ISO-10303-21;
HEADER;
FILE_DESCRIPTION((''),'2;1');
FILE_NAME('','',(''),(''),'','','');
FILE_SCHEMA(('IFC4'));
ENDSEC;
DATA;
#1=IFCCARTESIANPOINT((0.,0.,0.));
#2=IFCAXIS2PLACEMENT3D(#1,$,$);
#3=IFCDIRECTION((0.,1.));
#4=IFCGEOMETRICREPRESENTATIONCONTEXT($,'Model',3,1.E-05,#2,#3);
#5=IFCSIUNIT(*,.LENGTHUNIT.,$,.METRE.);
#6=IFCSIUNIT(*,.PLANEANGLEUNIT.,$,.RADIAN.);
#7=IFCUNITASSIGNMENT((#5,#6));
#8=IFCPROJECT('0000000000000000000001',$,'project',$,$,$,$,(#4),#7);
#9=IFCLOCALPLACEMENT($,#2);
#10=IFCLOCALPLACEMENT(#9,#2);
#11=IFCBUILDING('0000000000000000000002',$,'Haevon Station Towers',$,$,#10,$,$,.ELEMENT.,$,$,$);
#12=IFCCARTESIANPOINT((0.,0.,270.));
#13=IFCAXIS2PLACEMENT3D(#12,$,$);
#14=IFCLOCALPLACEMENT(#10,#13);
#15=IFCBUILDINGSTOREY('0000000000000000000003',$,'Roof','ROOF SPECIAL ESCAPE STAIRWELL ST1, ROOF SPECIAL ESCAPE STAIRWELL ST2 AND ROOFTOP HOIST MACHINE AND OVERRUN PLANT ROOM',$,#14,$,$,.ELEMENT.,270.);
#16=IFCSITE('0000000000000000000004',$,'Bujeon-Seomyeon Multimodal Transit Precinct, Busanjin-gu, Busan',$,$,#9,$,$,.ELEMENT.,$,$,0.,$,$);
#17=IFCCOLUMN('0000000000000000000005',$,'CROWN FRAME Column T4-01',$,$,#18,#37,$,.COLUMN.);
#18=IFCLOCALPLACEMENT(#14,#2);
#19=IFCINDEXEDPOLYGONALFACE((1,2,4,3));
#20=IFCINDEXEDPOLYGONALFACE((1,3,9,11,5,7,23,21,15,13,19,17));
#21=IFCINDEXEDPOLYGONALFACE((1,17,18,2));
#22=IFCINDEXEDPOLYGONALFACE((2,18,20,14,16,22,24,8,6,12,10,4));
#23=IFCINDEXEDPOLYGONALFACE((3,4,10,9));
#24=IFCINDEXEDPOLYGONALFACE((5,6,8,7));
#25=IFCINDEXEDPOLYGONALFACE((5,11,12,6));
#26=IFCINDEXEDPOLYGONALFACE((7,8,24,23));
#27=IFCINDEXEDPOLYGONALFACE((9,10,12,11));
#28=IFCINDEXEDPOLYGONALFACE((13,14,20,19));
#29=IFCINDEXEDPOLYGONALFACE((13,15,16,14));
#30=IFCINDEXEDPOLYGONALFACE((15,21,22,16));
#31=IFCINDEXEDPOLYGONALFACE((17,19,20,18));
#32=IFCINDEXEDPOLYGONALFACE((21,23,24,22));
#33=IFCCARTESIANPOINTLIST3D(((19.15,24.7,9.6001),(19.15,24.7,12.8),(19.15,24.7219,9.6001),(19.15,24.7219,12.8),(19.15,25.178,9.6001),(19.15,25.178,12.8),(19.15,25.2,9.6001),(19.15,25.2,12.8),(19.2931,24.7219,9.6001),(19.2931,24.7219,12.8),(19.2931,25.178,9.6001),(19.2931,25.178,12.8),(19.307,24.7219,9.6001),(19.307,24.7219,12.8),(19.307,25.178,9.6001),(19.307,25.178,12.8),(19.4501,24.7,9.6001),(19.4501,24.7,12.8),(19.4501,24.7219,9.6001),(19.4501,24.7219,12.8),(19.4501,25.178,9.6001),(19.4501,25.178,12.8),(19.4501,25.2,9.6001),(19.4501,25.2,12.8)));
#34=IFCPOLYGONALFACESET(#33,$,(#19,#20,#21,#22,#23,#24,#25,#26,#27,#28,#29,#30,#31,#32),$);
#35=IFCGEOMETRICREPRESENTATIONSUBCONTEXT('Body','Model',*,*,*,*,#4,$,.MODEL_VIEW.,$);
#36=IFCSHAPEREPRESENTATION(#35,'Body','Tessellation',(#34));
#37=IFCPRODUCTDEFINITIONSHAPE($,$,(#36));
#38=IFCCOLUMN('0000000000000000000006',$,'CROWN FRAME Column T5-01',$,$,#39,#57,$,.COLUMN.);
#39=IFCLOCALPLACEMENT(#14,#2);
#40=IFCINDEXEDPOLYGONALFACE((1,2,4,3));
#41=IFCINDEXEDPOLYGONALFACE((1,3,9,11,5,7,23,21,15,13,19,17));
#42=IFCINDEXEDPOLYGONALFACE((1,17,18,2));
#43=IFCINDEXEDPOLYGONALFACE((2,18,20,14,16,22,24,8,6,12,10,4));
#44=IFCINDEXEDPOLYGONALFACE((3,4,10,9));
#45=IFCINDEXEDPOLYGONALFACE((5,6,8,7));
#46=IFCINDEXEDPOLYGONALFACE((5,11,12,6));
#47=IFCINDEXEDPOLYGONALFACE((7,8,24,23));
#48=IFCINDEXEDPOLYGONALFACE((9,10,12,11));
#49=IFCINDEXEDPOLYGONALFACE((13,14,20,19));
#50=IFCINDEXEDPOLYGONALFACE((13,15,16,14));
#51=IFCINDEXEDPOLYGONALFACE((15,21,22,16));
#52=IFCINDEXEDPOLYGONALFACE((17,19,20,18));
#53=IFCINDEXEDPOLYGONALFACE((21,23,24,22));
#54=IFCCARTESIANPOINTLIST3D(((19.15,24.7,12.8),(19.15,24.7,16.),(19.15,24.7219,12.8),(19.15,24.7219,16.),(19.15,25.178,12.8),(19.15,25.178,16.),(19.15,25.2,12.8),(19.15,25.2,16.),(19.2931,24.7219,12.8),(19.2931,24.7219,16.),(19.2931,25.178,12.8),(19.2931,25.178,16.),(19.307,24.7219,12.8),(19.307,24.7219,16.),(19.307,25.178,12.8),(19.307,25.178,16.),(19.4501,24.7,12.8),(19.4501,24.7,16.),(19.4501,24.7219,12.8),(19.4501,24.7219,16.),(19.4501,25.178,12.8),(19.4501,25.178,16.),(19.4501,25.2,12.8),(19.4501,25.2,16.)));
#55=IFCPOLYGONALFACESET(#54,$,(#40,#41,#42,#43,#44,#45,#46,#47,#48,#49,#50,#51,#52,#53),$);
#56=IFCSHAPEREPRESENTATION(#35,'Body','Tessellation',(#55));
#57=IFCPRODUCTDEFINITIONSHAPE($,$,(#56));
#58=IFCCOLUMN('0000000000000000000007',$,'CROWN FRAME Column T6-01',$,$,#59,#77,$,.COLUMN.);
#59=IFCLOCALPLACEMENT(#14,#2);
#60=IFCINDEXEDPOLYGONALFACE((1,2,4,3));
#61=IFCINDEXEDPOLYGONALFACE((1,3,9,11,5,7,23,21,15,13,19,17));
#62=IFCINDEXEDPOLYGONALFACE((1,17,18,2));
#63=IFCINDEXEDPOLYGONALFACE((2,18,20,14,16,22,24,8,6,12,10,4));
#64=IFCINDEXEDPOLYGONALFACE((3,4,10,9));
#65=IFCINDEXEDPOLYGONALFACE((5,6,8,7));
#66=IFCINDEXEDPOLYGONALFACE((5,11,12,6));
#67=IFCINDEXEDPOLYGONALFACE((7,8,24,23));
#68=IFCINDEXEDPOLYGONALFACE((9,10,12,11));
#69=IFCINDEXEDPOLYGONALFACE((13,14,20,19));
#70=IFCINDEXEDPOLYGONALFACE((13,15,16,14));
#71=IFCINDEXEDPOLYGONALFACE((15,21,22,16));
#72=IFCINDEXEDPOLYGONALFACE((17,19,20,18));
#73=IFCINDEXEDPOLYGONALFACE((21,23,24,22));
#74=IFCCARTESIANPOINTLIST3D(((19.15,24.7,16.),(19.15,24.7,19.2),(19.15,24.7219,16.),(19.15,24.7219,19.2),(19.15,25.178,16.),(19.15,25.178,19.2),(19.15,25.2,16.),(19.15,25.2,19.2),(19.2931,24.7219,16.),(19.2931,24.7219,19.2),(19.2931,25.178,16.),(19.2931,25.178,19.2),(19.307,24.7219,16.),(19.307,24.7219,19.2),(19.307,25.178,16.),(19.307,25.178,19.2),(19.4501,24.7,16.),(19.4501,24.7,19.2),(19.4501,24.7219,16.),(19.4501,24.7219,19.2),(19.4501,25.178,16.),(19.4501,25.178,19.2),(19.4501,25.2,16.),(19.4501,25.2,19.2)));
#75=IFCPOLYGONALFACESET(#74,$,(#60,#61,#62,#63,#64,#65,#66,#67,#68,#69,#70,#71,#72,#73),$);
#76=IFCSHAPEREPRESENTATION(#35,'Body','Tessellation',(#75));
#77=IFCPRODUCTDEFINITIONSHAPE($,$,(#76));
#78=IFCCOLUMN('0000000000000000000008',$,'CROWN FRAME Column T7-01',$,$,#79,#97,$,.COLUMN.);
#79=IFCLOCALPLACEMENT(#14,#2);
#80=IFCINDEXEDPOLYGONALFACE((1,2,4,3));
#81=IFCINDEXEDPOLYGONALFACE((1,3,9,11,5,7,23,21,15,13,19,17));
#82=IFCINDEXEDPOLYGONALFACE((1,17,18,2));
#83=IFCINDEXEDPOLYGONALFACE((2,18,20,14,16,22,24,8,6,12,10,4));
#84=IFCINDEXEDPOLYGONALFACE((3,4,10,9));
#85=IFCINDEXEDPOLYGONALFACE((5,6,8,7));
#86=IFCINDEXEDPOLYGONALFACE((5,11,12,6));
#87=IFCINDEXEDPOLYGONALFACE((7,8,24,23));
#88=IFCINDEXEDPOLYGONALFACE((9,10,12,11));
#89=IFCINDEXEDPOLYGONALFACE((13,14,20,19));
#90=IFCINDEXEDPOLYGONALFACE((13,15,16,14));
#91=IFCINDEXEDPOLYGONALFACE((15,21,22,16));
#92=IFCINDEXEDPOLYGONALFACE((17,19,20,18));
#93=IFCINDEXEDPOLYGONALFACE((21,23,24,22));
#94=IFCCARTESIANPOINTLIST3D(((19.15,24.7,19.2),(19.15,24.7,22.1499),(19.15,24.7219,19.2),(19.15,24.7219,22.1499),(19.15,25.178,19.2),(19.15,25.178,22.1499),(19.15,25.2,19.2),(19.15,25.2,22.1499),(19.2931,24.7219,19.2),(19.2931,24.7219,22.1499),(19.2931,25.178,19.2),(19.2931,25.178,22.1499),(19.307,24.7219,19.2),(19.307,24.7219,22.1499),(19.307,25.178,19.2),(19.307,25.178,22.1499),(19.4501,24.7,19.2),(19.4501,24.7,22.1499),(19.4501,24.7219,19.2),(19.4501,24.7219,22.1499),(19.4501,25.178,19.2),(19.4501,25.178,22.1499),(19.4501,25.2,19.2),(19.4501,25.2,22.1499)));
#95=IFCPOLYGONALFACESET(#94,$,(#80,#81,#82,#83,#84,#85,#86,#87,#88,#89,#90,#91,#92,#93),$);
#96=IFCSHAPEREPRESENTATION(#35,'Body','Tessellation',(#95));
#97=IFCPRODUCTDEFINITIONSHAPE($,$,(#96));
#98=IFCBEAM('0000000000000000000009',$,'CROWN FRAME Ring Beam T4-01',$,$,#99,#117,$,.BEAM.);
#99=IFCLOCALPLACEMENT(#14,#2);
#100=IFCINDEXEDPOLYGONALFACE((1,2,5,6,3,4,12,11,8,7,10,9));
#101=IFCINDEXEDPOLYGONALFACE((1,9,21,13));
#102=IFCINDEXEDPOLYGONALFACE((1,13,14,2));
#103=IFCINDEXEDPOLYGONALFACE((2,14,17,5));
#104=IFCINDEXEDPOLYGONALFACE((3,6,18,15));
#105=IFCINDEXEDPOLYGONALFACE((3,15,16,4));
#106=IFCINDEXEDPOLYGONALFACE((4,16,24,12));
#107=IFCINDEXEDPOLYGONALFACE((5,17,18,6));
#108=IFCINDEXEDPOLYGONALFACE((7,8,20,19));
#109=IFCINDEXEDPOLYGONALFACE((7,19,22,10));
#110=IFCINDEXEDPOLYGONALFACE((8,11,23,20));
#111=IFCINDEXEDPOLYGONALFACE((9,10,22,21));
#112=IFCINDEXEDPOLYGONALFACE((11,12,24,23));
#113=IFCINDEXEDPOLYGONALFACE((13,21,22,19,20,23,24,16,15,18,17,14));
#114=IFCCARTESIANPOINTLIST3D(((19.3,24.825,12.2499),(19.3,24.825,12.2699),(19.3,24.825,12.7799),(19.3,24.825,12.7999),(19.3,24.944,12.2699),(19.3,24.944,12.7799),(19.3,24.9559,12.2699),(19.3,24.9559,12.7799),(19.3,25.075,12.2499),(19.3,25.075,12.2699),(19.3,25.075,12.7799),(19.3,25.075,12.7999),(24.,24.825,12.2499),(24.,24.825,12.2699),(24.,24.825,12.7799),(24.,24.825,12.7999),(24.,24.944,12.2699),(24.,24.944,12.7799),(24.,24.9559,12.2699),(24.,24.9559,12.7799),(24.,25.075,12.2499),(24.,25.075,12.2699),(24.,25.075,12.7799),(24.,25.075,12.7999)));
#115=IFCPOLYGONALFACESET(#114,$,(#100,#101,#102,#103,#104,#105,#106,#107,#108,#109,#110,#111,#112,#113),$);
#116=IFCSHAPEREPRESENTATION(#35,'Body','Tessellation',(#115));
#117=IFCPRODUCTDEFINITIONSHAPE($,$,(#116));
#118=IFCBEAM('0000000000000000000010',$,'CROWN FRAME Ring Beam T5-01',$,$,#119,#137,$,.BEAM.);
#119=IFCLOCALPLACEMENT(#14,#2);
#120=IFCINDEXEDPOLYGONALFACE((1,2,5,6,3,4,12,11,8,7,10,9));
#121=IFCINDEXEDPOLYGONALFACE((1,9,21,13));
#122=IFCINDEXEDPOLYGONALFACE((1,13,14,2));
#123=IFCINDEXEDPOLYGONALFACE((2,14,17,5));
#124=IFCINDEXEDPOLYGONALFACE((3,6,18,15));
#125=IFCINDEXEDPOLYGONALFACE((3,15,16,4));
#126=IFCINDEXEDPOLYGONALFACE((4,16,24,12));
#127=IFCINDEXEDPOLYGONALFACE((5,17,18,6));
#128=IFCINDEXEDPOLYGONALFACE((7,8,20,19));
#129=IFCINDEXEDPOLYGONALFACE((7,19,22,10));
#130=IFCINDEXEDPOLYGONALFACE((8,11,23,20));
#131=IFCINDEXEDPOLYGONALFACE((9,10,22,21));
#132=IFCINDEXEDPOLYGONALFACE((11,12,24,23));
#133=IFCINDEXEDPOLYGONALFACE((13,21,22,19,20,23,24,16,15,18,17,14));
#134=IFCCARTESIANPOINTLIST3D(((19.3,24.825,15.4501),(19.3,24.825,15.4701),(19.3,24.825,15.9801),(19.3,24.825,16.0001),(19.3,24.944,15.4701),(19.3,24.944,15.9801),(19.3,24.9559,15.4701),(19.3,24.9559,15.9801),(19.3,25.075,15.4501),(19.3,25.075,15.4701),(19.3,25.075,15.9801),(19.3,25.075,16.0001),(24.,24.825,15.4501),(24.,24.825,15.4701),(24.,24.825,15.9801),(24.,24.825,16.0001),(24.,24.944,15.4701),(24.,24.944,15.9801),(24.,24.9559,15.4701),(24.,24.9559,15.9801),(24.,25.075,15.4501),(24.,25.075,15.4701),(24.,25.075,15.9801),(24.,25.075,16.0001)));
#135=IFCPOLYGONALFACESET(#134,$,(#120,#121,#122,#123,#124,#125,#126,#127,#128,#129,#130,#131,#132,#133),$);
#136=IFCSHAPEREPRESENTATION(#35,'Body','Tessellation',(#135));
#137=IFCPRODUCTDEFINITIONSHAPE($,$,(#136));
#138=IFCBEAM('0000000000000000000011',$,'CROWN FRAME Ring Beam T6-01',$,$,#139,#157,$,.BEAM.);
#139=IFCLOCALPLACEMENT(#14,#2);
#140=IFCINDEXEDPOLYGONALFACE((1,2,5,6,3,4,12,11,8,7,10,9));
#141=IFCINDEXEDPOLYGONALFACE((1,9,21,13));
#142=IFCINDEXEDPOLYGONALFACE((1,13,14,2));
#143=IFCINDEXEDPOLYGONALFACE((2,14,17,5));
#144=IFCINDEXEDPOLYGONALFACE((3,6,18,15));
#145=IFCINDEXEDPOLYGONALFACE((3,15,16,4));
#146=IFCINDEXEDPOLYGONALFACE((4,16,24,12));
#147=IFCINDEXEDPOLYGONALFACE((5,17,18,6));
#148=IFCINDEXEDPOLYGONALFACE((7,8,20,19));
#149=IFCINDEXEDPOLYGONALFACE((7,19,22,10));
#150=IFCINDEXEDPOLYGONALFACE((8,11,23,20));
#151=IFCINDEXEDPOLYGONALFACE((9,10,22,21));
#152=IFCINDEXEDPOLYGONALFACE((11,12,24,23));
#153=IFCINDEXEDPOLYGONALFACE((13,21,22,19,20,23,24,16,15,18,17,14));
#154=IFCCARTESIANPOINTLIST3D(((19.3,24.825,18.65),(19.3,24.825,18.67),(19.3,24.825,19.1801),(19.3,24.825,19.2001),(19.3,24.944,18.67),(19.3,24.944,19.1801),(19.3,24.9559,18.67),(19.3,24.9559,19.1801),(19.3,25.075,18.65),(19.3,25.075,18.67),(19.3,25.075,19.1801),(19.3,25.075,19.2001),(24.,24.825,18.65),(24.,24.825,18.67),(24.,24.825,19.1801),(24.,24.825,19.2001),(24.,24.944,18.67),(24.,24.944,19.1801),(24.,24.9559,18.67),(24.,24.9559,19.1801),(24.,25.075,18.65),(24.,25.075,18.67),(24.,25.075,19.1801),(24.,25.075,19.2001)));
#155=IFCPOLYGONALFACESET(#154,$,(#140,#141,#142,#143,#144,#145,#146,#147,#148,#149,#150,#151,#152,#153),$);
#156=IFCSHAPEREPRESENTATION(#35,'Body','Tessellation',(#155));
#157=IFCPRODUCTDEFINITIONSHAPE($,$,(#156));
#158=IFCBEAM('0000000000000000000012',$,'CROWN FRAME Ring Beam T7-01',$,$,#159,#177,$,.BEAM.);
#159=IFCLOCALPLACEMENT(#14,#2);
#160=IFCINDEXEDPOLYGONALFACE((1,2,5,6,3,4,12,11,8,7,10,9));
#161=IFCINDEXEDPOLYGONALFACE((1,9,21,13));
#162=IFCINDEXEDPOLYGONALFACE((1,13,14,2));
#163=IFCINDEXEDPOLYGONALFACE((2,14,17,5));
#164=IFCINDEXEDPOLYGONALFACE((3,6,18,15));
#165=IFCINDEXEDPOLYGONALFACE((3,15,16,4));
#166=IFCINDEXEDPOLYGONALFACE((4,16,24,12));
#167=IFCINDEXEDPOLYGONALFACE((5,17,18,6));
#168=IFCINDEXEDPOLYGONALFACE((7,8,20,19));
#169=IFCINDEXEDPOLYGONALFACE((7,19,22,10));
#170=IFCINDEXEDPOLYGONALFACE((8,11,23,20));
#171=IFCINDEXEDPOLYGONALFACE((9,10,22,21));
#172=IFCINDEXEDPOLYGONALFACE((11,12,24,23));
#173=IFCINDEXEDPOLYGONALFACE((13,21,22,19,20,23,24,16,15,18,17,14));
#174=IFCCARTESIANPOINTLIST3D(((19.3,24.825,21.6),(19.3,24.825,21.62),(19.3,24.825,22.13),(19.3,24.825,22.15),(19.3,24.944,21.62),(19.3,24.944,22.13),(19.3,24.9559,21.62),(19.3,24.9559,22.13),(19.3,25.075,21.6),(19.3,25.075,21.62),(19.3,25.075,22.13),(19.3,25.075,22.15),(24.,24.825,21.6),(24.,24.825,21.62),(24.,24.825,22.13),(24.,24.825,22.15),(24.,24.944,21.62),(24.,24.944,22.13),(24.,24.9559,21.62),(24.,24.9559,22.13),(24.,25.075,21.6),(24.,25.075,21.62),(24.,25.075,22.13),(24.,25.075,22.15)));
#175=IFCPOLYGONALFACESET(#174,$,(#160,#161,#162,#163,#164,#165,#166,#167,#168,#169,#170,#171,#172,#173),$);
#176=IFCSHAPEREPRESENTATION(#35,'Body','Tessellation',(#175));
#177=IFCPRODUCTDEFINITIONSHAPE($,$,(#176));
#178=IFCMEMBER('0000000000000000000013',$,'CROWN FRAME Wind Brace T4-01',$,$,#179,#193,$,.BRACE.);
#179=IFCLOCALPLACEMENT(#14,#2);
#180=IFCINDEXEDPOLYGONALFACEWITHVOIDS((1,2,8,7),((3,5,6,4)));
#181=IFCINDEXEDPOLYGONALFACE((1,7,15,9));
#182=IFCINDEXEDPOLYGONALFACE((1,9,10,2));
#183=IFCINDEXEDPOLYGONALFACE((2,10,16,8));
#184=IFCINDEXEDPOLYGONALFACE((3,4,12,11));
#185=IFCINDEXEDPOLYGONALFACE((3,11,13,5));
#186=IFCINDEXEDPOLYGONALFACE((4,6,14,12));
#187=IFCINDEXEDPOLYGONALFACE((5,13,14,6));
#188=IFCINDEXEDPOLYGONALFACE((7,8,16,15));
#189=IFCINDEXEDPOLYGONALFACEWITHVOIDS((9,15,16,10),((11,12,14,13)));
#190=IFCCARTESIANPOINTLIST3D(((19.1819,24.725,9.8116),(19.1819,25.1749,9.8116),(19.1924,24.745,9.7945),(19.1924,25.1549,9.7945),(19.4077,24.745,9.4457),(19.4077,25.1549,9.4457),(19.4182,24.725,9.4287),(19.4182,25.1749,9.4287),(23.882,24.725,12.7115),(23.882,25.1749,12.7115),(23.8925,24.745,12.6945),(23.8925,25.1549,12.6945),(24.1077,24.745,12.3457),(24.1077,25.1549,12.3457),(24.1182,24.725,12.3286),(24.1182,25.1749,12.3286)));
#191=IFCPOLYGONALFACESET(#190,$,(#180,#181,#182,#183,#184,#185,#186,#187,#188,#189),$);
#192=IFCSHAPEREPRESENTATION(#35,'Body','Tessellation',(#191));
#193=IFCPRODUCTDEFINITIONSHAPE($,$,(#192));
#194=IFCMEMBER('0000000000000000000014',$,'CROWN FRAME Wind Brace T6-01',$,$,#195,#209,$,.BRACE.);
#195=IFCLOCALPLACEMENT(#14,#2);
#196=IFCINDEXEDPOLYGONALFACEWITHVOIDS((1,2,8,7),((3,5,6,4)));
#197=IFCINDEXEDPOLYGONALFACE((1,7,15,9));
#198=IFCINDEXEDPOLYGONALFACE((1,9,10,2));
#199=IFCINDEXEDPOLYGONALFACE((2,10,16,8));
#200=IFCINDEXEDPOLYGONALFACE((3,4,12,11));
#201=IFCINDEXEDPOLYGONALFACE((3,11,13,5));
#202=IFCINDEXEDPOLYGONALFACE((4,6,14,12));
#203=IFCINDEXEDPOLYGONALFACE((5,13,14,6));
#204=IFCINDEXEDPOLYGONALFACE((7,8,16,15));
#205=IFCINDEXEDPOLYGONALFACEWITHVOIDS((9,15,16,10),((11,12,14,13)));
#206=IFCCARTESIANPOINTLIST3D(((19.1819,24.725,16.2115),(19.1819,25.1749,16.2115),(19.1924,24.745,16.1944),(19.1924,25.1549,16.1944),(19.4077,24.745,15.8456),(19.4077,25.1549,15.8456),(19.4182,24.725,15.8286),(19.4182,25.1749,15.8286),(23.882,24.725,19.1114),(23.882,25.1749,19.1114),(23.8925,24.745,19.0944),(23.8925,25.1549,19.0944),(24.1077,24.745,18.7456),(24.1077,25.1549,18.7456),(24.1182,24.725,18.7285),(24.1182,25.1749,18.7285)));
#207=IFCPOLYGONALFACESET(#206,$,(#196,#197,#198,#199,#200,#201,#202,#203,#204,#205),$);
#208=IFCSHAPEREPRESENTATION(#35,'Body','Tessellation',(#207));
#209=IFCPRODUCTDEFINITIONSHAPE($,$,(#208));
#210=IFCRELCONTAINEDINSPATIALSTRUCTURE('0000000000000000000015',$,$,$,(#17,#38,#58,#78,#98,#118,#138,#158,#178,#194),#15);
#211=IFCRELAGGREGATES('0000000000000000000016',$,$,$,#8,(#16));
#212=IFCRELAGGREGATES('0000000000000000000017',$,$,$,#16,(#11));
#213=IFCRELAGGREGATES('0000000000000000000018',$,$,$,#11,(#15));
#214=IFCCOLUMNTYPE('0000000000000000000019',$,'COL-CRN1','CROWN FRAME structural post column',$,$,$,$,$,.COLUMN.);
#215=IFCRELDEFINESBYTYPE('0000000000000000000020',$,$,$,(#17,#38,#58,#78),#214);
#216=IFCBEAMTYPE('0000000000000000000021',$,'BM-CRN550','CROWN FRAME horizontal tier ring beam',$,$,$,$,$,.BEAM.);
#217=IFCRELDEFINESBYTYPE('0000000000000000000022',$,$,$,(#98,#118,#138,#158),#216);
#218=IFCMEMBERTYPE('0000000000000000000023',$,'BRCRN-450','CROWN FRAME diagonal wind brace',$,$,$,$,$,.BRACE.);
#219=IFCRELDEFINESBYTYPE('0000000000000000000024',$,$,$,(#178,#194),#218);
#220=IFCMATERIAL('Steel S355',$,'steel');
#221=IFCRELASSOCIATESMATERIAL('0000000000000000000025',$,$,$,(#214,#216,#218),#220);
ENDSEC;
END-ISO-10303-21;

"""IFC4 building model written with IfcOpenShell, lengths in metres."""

from ifc_helpers import new_model, si_unit, direction, frame, origin, origin_2d, place, context, subcontext, project, spatial, hollow_rectangle, i_section, extrude, material, material_profile, profile_set, type_object, element, save


model = new_model("IFC4")

# Units and contexts
model_context = context("Model", 3, precision=1e-05, world=origin(), true_north=direction((0.0, 1.0)))
body_context = subcontext(model_context, "Body", "Model", "MODEL_VIEW")
ifc_project = project(units=[si_unit("LENGTHUNIT", "METRE"), si_unit("PLANEANGLEUNIT", "RADIAN")], contexts=[model_context])

# Site, building, storey
site_placement = place(None, origin())
site = spatial("IfcSite", under=ifc_project, at=site_placement, Name="Bujeon-Seomyeon Multimodal Transit Precinct, Busanjin-gu, Busan", CompositionType="ELEMENT", RefElevation=0.0)
building_placement = place(site_placement, origin())
building = spatial("IfcBuilding", under=site, at=building_placement, Name="Haevon Station Towers", CompositionType="ELEMENT")
storey_placement = place(building_placement, frame((0.0, 0.0, 270.0)))
storey = spatial("IfcBuildingStorey", under=building, at=storey_placement, Name="Roof", Description="ROOF SPECIAL ESCAPE STAIRWELL ST1, ROOF SPECIAL ESCAPE STAIRWELL ST2 AND ROOFTOP HOIST MACHINE AND OVERRUN PLANT ROOM", CompositionType="ELEMENT", Elevation=270.0)

# Columns
ifc_material_1 = material(Name="Steel S355", Category="steel")
ifc_material_profile_1 = material_profile(ifc_material_1, i_section(OverallWidth=0.3, OverallDepth=0.5, WebThickness=0.0139, FlangeThickness=0.022, at=origin_2d()), Name="H-500x300x14x22")
ifc_profile_set_1 = profile_set([ifc_material_profile_1], Name="Steel S355")
column_type = type_object("IfcColumnType", Name="COL-CRN1", Description="CROWN FRAME structural post column", PredefinedType="COLUMN", material=ifc_profile_set_1)
for number, where, z_axis, x_axis, name in (
    (1, (19.3, 24.95, 9.6001), (0.0, 0.0, 1.0), (1.0, 0.0, 0.0), "CROWN FRAME Column T4-01"),
    (2, (19.3, 24.95, 12.8), (0.0, 0.0, 1.0), (1.0, 0.0, 0.0), "CROWN FRAME Column T5-01"),
    (3, (19.3, 24.95, 16.0), (0.0, 0.0, 1.0), (1.0, 0.0, 0.0), "CROWN FRAME Column T6-01"),
):
    element("IfcColumn", number, at=place(storey_placement, frame(where, z_axis=z_axis, x_axis=x_axis)), inside=storey, type_object=column_type, Name=name, PredefinedType="COLUMN", context=body_context, shape_type="SweptSolid", body=[
        extrude(i_section(OverallWidth=0.3, OverallDepth=0.5, WebThickness=0.0139, FlangeThickness=0.022, at=origin_2d()), origin(), (0.0, 0.0, 1.0), 3.2),
    ])
column_placement = place(storey_placement, frame((19.3, 24.95, 19.2), z_axis=(0.0, 0.0, 1.0), x_axis=(1.0, 0.0, 0.0)))
element("IfcColumn", 4, at=column_placement, inside=storey, type_object=column_type, Name="CROWN FRAME Column T7-01", PredefinedType="COLUMN", context=body_context, shape_type="SweptSolid", body=[
    extrude(i_section(OverallWidth=0.3, OverallDepth=0.5, WebThickness=0.0139, FlangeThickness=0.022, at=origin_2d()), origin(), (0.0, 0.0, 1.0), 2.95),
])

# Beams
ifc_material_profile_2 = material_profile(ifc_material_1, i_section(OverallWidth=0.25, OverallDepth=0.55, WebThickness=0.012, FlangeThickness=0.02, at=origin_2d()), Name="H-550x250x12x20")
ifc_profile_set_2 = profile_set([ifc_material_profile_2], Name="Steel S355")
beam_type = type_object("IfcBeamType", Name="BM-CRN550", Description="CROWN FRAME horizontal tier ring beam", PredefinedType="BEAM", material=ifc_profile_set_2)
for number, where, z_axis, x_axis, name in (
    (5, (19.3, 24.95, 12.5249), (1.0, 0.0, 0.0), (0.0, 1.0, 0.0), "CROWN FRAME Ring Beam T4-01"),
    (6, (19.3, 24.95, 15.7251), (1.0, 0.0, 0.0), (0.0, 1.0, 0.0), "CROWN FRAME Ring Beam T5-01"),
    (7, (19.3, 24.95, 18.925), (1.0, 0.0, 0.0), (0.0, 1.0, 0.0), "CROWN FRAME Ring Beam T6-01"),
    (8, (19.3, 24.95, 21.875), (1.0, 0.0, 0.0), (0.0, 1.0, 0.0), "CROWN FRAME Ring Beam T7-01"),
):
    element("IfcBeam", number, at=place(storey_placement, frame(where, z_axis=z_axis, x_axis=x_axis)), inside=storey, type_object=beam_type, Name=name, PredefinedType="BEAM", context=body_context, shape_type="SweptSolid", body=[
        extrude(i_section(OverallWidth=0.25, OverallDepth=0.55, WebThickness=0.012, FlangeThickness=0.02, at=origin_2d()), origin(), (0.0, 0.0, 1.0), 4.7),
    ])

# Members
ifc_material_profile_3 = material_profile(ifc_material_1, hollow_rectangle(XDim=0.45, YDim=0.45, WallThickness=0.02, at=origin_2d()), Name="RHS-450x450x20")
ifc_profile_set_3 = profile_set([ifc_material_profile_3], Name="Steel S355")
member_type_1 = type_object("IfcMemberType", Name="BRCRN-450", Description="CROWN FRAME diagonal wind brace", PredefinedType="BRACE", material=ifc_profile_set_3)
for number, where, z_axis, x_axis, name in (
    (9, (19.3, 24.95, 9.6201), (0.851041, 0.0, 0.525098), (0.0, 1.0, 0.0), "CROWN FRAME Wind Brace T4-01"),
    (10, (19.3, 24.95, 16.02), (0.851041, 0.0, 0.525098), (0.0, 1.0, 0.0), "CROWN FRAME Wind Brace T6-01"),
):
    element("IfcMember", number, at=place(storey_placement, frame(where, z_axis=z_axis, x_axis=x_axis)), inside=storey, type_object=member_type_1, Name=name, PredefinedType="BRACE", context=body_context, shape_type="SweptSolid", body=[
        extrude(hollow_rectangle(XDim=0.45, YDim=0.45, WallThickness=0.02, at=origin_2d()), origin(), (0.0, 0.0, 1.0), 5.5227),
    ])

save(model, "model.ifc")
